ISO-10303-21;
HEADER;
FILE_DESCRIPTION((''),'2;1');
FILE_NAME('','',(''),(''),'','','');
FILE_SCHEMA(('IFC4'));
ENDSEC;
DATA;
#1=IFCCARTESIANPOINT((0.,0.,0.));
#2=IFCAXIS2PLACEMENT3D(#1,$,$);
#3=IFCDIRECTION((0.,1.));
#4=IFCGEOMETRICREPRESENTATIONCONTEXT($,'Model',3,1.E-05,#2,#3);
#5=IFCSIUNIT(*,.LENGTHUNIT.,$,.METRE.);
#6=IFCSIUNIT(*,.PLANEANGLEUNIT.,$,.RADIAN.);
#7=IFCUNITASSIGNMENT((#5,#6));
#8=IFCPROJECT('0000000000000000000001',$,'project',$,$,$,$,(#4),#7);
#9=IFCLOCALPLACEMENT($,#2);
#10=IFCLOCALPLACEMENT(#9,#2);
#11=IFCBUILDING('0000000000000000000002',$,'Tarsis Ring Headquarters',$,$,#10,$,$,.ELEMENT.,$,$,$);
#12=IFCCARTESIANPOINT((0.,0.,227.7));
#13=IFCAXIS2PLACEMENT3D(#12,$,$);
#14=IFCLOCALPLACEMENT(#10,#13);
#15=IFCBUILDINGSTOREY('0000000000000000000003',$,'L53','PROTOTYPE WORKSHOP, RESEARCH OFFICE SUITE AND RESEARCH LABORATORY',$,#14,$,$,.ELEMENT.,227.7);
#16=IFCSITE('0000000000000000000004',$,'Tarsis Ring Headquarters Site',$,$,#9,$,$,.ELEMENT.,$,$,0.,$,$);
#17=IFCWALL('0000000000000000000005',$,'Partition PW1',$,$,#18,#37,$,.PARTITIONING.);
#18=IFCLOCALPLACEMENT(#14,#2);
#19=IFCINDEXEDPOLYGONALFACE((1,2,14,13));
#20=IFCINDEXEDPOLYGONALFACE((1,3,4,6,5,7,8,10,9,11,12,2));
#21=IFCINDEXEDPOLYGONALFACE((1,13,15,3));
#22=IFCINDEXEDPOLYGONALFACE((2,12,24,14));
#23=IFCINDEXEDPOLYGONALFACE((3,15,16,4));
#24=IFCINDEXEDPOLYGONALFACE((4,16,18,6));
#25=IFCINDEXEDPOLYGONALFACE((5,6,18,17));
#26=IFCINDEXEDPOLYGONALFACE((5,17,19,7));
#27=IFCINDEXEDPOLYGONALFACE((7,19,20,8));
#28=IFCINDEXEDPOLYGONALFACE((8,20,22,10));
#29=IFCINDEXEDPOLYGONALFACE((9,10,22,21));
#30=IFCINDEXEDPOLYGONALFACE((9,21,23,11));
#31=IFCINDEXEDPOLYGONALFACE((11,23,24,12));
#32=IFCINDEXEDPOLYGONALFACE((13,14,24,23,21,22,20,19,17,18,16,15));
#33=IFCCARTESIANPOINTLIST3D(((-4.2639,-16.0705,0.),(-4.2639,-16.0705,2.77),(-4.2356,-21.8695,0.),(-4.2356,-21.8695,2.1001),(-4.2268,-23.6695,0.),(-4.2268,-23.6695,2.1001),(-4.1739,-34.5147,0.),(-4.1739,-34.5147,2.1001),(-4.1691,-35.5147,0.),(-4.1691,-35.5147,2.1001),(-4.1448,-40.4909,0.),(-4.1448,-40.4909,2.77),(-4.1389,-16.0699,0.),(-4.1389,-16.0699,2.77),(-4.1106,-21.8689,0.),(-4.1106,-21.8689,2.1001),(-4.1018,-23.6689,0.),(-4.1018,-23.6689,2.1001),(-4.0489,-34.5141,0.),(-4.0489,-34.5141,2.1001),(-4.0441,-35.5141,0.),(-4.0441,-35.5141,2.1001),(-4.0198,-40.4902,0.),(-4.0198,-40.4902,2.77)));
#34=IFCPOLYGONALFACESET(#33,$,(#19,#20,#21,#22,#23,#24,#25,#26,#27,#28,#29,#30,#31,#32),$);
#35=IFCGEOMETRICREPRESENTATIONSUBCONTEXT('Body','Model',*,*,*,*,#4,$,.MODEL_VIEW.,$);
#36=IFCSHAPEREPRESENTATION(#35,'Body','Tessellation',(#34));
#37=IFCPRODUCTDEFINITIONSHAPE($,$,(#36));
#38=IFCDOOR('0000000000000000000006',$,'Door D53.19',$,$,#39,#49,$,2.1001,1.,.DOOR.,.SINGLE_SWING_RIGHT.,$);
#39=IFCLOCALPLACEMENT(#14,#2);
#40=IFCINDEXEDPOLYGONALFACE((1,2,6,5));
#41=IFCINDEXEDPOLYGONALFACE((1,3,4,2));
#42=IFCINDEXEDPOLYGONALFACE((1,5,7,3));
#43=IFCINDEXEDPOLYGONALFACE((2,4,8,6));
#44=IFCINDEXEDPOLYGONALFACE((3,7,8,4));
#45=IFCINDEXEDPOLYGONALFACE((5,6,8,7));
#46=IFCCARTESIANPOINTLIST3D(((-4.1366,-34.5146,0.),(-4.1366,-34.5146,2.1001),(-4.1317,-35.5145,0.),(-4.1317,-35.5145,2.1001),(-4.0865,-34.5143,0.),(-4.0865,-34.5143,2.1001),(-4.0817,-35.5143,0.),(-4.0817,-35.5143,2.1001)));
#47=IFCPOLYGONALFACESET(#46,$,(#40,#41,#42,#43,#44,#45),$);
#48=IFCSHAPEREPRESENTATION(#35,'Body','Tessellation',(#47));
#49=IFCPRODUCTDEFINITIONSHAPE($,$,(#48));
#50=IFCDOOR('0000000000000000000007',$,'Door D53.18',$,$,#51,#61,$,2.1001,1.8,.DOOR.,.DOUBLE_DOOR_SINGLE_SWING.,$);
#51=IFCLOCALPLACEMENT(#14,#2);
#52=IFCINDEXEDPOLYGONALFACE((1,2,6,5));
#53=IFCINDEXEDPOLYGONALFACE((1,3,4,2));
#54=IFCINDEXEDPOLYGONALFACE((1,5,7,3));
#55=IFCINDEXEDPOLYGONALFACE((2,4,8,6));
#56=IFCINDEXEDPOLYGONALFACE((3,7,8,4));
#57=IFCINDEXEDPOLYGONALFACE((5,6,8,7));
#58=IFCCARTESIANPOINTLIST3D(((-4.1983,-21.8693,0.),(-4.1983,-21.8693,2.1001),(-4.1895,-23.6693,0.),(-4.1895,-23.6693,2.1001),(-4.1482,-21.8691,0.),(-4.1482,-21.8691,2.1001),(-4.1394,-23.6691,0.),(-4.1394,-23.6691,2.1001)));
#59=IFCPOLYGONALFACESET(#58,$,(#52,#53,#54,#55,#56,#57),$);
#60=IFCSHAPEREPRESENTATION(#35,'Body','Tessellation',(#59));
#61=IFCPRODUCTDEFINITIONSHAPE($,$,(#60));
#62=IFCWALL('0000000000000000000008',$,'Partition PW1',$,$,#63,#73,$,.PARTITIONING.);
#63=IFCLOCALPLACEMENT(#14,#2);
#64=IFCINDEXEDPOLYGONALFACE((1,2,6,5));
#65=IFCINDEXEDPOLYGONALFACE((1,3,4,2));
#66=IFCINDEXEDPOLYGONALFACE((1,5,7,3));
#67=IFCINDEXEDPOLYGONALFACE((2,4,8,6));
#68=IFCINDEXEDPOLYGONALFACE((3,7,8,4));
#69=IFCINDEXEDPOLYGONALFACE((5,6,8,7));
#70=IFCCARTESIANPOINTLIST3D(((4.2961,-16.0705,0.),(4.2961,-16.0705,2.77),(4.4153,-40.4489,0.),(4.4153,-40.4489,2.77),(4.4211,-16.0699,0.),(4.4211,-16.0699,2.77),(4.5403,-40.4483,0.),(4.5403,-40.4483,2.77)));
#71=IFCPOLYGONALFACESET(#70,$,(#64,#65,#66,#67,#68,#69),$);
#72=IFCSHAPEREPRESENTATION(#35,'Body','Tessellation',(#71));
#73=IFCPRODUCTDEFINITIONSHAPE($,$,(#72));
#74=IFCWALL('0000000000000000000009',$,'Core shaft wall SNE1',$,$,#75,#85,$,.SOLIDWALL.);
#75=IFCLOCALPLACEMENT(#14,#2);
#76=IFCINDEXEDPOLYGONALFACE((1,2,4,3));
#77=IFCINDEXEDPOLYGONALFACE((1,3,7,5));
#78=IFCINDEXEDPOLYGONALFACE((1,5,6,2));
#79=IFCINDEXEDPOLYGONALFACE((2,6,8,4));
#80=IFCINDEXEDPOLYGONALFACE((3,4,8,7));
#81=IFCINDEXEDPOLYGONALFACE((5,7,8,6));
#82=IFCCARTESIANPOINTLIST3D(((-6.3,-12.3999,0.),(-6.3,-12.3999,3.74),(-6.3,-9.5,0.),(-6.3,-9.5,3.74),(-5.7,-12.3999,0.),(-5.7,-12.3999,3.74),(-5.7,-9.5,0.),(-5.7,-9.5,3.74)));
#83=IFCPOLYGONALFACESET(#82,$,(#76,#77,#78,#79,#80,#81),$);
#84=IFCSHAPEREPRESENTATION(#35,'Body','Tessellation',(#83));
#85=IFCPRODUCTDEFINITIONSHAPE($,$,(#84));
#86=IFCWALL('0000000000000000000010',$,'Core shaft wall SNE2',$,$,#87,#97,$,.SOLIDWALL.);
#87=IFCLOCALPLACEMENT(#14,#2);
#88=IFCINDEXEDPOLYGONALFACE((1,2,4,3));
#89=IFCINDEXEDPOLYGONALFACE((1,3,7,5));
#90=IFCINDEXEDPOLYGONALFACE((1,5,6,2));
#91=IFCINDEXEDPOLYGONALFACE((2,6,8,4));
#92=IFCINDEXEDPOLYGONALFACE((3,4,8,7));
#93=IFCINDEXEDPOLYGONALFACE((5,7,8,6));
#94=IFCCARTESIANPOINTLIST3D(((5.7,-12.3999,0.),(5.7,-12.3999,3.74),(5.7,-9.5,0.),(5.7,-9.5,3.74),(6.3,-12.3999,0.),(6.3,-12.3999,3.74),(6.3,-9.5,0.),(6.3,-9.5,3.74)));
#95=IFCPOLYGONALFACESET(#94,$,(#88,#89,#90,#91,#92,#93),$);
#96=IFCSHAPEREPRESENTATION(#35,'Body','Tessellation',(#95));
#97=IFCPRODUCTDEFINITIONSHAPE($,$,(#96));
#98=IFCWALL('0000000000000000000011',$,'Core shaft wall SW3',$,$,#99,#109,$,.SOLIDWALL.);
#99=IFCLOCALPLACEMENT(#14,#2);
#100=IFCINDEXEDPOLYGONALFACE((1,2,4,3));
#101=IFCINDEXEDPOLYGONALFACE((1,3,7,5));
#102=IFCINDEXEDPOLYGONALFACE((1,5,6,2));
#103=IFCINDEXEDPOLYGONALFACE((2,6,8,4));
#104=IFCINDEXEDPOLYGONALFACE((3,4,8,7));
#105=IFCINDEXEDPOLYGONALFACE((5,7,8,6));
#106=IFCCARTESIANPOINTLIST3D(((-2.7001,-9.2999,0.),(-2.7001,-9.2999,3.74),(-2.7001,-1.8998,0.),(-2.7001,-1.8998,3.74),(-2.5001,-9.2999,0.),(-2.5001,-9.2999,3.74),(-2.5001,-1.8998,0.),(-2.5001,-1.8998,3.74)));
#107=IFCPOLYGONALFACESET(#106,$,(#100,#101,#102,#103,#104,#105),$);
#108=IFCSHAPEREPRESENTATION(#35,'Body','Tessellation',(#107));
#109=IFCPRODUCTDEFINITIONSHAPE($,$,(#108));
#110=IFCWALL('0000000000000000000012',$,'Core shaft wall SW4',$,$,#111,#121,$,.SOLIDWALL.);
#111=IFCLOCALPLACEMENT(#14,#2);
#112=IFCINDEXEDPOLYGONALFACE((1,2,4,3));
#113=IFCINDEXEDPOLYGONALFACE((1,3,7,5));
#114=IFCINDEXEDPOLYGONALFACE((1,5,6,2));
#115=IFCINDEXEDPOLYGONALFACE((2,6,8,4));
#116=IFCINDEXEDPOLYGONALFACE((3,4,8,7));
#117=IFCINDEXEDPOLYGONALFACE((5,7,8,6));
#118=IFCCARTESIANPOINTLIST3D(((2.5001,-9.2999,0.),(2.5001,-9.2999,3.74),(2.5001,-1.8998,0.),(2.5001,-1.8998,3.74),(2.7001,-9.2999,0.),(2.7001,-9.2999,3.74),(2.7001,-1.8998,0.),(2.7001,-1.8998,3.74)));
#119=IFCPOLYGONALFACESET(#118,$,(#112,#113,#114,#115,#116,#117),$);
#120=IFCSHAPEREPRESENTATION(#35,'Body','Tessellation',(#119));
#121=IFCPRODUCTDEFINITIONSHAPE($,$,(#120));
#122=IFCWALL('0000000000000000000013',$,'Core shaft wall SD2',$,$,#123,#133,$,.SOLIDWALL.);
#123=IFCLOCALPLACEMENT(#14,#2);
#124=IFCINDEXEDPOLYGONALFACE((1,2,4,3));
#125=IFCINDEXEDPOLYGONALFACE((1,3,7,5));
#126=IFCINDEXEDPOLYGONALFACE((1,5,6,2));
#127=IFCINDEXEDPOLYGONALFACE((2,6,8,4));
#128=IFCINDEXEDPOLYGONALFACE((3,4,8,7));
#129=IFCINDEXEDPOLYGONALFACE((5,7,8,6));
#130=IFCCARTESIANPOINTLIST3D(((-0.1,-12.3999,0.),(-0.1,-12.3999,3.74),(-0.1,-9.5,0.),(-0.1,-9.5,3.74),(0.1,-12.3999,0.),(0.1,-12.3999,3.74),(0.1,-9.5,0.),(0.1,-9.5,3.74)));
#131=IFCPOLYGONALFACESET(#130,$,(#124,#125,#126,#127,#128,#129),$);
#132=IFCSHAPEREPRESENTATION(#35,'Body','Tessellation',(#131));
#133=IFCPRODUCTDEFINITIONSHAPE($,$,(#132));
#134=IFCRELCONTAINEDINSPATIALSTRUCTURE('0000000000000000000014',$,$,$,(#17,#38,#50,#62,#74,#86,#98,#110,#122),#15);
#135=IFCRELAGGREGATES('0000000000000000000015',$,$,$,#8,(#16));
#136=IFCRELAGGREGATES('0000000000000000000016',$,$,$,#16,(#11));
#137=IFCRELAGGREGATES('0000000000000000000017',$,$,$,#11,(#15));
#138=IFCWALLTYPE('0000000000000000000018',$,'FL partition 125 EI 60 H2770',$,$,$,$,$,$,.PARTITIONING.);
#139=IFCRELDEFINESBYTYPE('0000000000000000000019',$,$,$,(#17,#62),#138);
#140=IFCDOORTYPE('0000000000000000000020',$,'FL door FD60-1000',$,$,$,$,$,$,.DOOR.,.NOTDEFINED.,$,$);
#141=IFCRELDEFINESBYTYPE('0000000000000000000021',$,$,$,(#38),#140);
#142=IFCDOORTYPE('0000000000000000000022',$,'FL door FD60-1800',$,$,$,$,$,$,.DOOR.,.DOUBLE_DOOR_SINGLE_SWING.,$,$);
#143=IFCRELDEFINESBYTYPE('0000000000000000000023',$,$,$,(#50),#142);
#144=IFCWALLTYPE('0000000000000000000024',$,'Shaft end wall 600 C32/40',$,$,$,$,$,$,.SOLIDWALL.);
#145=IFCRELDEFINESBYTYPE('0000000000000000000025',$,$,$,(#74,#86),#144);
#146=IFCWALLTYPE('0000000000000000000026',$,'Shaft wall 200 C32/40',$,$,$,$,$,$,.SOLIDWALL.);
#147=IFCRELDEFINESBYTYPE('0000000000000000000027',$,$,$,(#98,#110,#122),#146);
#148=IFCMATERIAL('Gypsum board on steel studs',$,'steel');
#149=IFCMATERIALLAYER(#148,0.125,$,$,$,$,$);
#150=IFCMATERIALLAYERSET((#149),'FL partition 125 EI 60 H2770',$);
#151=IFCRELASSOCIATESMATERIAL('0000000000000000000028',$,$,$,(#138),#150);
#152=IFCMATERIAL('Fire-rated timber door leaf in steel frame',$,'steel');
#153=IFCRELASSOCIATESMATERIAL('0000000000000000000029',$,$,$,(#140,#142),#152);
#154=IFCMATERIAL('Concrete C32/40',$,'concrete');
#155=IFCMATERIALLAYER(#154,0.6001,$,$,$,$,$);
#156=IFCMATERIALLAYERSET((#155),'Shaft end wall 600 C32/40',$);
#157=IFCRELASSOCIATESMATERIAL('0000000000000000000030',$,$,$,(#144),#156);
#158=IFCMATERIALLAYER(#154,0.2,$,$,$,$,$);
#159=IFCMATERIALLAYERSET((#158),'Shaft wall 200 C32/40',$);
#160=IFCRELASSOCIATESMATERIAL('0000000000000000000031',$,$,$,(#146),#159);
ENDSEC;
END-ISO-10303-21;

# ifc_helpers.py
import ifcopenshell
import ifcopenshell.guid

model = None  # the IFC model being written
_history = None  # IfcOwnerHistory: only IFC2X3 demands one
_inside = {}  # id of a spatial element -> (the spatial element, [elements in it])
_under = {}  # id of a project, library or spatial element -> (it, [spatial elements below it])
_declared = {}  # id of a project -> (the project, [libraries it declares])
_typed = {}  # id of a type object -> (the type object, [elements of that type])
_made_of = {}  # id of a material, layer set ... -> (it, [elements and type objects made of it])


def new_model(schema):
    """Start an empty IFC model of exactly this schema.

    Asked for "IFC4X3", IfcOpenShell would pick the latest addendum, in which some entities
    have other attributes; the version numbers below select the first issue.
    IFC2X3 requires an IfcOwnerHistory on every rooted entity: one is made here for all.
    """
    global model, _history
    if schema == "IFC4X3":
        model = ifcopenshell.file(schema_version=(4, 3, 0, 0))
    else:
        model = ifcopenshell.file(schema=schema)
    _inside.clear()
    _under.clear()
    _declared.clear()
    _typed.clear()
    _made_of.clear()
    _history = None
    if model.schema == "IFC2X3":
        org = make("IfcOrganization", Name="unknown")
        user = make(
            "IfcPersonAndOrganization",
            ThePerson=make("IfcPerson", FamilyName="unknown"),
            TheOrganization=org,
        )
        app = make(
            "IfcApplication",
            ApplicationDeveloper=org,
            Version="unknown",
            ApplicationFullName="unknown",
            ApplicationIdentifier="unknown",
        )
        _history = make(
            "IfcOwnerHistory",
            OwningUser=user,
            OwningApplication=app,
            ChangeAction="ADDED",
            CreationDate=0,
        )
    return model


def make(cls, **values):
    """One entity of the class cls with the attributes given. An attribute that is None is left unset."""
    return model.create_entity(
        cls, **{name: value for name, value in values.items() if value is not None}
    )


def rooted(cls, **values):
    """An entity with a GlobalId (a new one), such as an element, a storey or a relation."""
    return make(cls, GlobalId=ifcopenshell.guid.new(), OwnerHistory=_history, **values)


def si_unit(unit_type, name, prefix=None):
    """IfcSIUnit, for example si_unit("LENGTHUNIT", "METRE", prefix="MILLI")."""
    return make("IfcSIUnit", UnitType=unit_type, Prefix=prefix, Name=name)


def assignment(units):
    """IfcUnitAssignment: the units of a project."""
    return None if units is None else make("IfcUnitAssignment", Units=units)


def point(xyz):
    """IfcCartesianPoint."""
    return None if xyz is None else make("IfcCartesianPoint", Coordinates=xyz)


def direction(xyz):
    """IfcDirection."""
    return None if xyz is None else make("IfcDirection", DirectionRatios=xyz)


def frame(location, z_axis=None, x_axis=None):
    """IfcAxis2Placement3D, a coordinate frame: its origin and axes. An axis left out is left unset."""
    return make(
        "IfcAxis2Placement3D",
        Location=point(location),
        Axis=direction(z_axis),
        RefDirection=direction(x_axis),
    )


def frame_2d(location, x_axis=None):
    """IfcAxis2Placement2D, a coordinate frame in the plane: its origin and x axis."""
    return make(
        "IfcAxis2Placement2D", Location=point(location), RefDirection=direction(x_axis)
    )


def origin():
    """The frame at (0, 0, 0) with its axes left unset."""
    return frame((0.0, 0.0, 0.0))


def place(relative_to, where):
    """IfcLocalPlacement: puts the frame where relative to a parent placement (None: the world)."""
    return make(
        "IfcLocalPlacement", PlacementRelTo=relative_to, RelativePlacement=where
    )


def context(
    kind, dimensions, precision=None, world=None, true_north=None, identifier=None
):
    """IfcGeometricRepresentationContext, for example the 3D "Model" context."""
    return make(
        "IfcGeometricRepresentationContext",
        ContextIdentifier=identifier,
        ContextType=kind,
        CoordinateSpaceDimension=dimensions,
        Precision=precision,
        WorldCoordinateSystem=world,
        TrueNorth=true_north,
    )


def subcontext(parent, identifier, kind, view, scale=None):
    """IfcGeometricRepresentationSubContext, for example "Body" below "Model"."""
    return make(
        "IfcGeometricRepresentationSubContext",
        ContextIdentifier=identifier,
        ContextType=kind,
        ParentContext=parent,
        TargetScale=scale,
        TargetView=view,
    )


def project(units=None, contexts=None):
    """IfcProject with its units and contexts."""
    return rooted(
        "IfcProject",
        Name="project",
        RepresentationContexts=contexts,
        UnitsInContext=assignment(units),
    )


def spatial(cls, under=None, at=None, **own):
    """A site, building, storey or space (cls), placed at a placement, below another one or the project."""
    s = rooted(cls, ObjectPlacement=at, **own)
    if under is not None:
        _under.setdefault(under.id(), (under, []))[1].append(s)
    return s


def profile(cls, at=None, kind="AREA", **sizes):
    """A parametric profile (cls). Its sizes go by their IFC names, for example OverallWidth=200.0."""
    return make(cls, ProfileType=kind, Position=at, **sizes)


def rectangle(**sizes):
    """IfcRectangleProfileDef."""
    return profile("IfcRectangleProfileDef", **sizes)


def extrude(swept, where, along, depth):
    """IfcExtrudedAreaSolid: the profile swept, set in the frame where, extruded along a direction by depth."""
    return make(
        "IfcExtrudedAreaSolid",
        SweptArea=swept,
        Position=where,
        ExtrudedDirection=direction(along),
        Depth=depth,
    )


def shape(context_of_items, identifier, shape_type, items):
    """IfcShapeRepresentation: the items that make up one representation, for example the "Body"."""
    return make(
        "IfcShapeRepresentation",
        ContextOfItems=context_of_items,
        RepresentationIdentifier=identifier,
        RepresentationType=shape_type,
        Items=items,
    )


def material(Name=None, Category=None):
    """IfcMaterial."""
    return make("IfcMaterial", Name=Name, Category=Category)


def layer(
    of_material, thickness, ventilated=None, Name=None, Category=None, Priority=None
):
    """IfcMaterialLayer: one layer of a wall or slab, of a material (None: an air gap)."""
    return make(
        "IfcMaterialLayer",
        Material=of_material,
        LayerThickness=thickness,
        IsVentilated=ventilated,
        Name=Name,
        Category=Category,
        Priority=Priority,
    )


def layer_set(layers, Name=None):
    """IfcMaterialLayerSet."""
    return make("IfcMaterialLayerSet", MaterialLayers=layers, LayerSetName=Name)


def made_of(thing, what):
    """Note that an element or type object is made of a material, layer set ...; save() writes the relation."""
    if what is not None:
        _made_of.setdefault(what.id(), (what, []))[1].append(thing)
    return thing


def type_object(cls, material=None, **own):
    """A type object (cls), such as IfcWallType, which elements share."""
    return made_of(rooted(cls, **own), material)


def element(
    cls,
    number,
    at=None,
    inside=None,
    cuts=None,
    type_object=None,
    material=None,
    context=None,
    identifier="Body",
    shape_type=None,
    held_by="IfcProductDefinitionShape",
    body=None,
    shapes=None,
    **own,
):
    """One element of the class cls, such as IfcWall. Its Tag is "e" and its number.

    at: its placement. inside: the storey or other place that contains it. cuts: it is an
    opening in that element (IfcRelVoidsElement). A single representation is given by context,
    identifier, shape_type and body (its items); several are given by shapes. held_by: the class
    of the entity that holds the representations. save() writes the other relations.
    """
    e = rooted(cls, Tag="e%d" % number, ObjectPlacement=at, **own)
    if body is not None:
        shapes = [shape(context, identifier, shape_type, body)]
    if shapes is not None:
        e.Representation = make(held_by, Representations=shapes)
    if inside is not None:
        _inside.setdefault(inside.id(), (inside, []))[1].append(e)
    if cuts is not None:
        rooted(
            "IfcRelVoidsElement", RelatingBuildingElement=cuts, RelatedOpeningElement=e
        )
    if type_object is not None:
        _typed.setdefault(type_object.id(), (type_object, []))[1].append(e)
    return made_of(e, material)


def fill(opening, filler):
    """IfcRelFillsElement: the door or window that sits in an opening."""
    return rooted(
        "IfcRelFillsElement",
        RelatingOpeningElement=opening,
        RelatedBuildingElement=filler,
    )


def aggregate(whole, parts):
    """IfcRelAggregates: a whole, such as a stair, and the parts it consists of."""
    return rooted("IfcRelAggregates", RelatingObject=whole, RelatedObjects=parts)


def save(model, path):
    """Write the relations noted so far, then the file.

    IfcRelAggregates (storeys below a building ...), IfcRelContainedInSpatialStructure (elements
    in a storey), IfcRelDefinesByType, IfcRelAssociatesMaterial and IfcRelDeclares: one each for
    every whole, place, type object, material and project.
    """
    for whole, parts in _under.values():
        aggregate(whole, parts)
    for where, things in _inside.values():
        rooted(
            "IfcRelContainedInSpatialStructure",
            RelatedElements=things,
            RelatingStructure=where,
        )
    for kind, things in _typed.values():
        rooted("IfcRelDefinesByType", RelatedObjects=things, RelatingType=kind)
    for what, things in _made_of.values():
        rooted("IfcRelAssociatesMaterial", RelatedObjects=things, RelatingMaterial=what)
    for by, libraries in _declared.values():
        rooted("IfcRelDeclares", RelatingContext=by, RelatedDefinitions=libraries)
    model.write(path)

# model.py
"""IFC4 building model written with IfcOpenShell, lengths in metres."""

from ifc_helpers import new_model, si_unit, direction, frame, frame_2d, origin, place, context, subcontext, project, spatial, rectangle, extrude, material, layer, layer_set, type_object, element, fill, save


model = new_model("IFC4")

# Units and contexts
model_context = context("Model", 3, precision=1e-05, world=origin(), true_north=direction((0.0, 1.0)))
body_context = subcontext(model_context, "Body", "Model", "MODEL_VIEW")
ifc_project = project(units=[si_unit("LENGTHUNIT", "METRE"), si_unit("PLANEANGLEUNIT", "RADIAN")], contexts=[model_context])

# Site, building, storey
site_placement = place(None, origin())
site = spatial("IfcSite", under=ifc_project, at=site_placement, Name="Tarsis Ring Headquarters Site", CompositionType="ELEMENT", RefElevation=0.0)
building_placement = place(site_placement, origin())
building = spatial("IfcBuilding", under=site, at=building_placement, Name="Tarsis Ring Headquarters", CompositionType="ELEMENT")
storey_placement = place(building_placement, frame((0.0, 0.0, 227.7)))
storey = spatial("IfcBuildingStorey", under=building, at=storey_placement, Name="L53", Description="PROTOTYPE WORKSHOP, RESEARCH OFFICE SUITE AND RESEARCH LABORATORY", CompositionType="ELEMENT", Elevation=227.7)

# Shared definitions
ifc_material_1 = material(Name="Gypsum board on steel studs", Category="steel")
ifc_layer_1 = layer(ifc_material_1, 0.125)
ifc_layer_set_1 = layer_set([ifc_layer_1], Name="FL partition 125 EI 60 H2770")
wall_type_1 = type_object("IfcWallType", Name="FL partition 125 EI 60 H2770", PredefinedType="PARTITIONING", material=ifc_layer_set_1)
ifc_material_2 = material(Name="Fire-rated timber door leaf in steel frame", Category="steel")
door_type_1 = type_object("IfcDoorType", Name="FL door FD60-1000", OperationType="NOTDEFINED", PredefinedType="DOOR", material=ifc_material_2)

# Wall, openings, doors
wall_1_placement = place(storey_placement, frame((-4.2014, -16.0701, 0.0), z_axis=(0.0, 0.0, 1.0), x_axis=(0.004879, -0.999988, 0.0)))
wall_1 = element("IfcWall", 1, at=wall_1_placement, inside=storey, type_object=wall_type_1, Name="Partition PW1", PredefinedType="PARTITIONING", context=body_context, shape_type="SweptSolid", body=[
    extrude(rectangle(XDim=24.4207, YDim=0.125, at=frame_2d((12.2104, 0.0))), origin(), (0.0, 0.0, 1.0), 2.77),
])
opening_1_placement = place(wall_1_placement, frame((5.7993, 0.0, 0.0)))
opening_1 = element("IfcOpeningElement", 2, at=opening_1_placement, cuts=wall_1, PredefinedType="OPENING", context=body_context, shape_type="SweptSolid", body=[
    extrude(rectangle(XDim=1.8, YDim=2.1001, at=frame_2d((0.8999, 1.05))), frame((0.0, 0.0725, 0.0), z_axis=(0.0, -1.0, 0.0), x_axis=(1.0, 0.0, 0.0)), (0.0, 0.0, 1.0), 0.145),
])
opening_2_placement = place(wall_1_placement, frame((18.4446, 0.0, 0.0)))
opening_2 = element("IfcOpeningElement", 3, at=opening_2_placement, cuts=wall_1, PredefinedType="OPENING", context=body_context, shape_type="SweptSolid", body=[
    extrude(rectangle(XDim=1.0, YDim=2.1001, at=frame_2d((0.5, 1.05))), frame((0.0, 0.0725, 0.0), z_axis=(0.0, -1.0, 0.0), x_axis=(1.0, 0.0, 0.0)), (0.0, 0.0, 1.0), 0.145),
])
door_1_placement = place(opening_2_placement, origin())
door_1 = element("IfcDoor", 4, at=door_1_placement, inside=storey, type_object=door_type_1, Name="Door D53.19", OperationType="SINGLE_SWING_RIGHT", OverallHeight=2.1001, OverallWidth=1.0, PredefinedType="DOOR", context=body_context, shape_type="SweptSolid", body=[
    extrude(rectangle(XDim=1.0, YDim=2.1001, at=frame_2d((0.5, 1.05))), frame((0.0, 0.0249, 0.0), z_axis=(0.0, -1.0, 0.0), x_axis=(1.0, 0.0, 0.0)), (0.0, 0.0, 1.0), 0.05),
])
fill(opening_2, door_1)
door_type_2 = type_object("IfcDoorType", Name="FL door FD60-1800", OperationType="DOUBLE_DOOR_SINGLE_SWING", PredefinedType="DOOR", material=ifc_material_2)
door_2_placement = place(opening_1_placement, origin())
door_2 = element("IfcDoor", 5, at=door_2_placement, inside=storey, type_object=door_type_2, Name="Door D53.18", OperationType="DOUBLE_DOOR_SINGLE_SWING", OverallHeight=2.1001, OverallWidth=1.8, PredefinedType="DOOR", context=body_context, shape_type="SweptSolid", body=[
    extrude(rectangle(XDim=1.8, YDim=2.1001, at=frame_2d((0.8999, 1.05))), frame((0.0, 0.0249, 0.0), z_axis=(0.0, -1.0, 0.0), x_axis=(1.0, 0.0, 0.0)), (0.0, 0.0, 1.0), 0.05),
])
fill(opening_1, door_2)

# Walls
wall_2_placement = place(storey_placement, frame((4.3586, -16.0701, 0.0), z_axis=(0.0, 0.0, 1.0), x_axis=(0.004887, -0.999988, 0.0)))
element("IfcWall", 6, at=wall_2_placement, inside=storey, type_object=wall_type_1, Name="Partition PW1", PredefinedType="PARTITIONING", context=body_context, shape_type="SweptSolid", body=[
    extrude(rectangle(XDim=24.3787, YDim=0.125, at=frame_2d((12.1895, 0.0))), origin(), (0.0, 0.0, 1.0), 2.77),
])
ifc_material_3 = material(Name="Concrete C32/40", Category="concrete")
ifc_layer_2 = layer(ifc_material_3, 0.6001)
ifc_layer_set_2 = layer_set([ifc_layer_2], Name="Shaft end wall 600 C32/40")
wall_type_2 = type_object("IfcWallType", Name="Shaft end wall 600 C32/40", PredefinedType="SOLIDWALL", material=ifc_layer_set_2)
for number, where, z_axis, x_axis, name in (
    (7, (-6.0, -12.3999, 0.0), (0.0, 0.0, 1.0), (0.0, 1.0, 0.0), "Core shaft wall SNE1"),
    (8, (6.0, -12.3999, 0.0), (0.0, 0.0, 1.0), (0.0, 1.0, 0.0), "Core shaft wall SNE2"),
):
    element("IfcWall", number, at=place(storey_placement, frame(where, z_axis=z_axis, x_axis=x_axis)), inside=storey, type_object=wall_type_2, Name=name, PredefinedType="SOLIDWALL", context=body_context, shape_type="SweptSolid", body=[
        extrude(rectangle(XDim=2.8999, YDim=0.6001, at=frame_2d((1.45, 0.0))), origin(), (0.0, 0.0, 1.0), 3.74),
    ])
ifc_layer_3 = layer(ifc_material_3, 0.2)
ifc_layer_set_3 = layer_set([ifc_layer_3], Name="Shaft wall 200 C32/40")
wall_type_3 = type_object("IfcWallType", Name="Shaft wall 200 C32/40", PredefinedType="SOLIDWALL", material=ifc_layer_set_3)
for number, where, z_axis, x_axis, name in (
    (9, (-2.6001, -9.3, 0.0), (0.0, 0.0, 1.0), (0.0, 1.0, 0.0), "Core shaft wall SW3"),
    (10, (2.6001, -9.3, 0.0), (0.0, 0.0, 1.0), (0.0, 1.0, 0.0), "Core shaft wall SW4"),
):
    element("IfcWall", number, at=place(storey_placement, frame(where, z_axis=z_axis, x_axis=x_axis)), inside=storey, type_object=wall_type_3, Name=name, PredefinedType="SOLIDWALL", context=body_context, shape_type="SweptSolid", body=[
        extrude(rectangle(XDim=7.4001, YDim=0.2, at=frame_2d((3.7002, 0.0))), origin(), (0.0, 0.0, 1.0), 3.74),
    ])
wall_3_placement = place(storey_placement, frame((0.0, -12.3999, 0.0), z_axis=(0.0, 0.0, 1.0), x_axis=(0.0, 1.0, 0.0)))
element("IfcWall", 11, at=wall_3_placement, inside=storey, type_object=wall_type_3, Name="Core shaft wall SD2", PredefinedType="SOLIDWALL", context=body_context, shape_type="SweptSolid", body=[
    extrude(rectangle(XDim=2.8999, YDim=0.2, at=frame_2d((1.45, 0.0))), origin(), (0.0, 0.0, 1.0), 3.74),
])

save(model, "model.ifc")
